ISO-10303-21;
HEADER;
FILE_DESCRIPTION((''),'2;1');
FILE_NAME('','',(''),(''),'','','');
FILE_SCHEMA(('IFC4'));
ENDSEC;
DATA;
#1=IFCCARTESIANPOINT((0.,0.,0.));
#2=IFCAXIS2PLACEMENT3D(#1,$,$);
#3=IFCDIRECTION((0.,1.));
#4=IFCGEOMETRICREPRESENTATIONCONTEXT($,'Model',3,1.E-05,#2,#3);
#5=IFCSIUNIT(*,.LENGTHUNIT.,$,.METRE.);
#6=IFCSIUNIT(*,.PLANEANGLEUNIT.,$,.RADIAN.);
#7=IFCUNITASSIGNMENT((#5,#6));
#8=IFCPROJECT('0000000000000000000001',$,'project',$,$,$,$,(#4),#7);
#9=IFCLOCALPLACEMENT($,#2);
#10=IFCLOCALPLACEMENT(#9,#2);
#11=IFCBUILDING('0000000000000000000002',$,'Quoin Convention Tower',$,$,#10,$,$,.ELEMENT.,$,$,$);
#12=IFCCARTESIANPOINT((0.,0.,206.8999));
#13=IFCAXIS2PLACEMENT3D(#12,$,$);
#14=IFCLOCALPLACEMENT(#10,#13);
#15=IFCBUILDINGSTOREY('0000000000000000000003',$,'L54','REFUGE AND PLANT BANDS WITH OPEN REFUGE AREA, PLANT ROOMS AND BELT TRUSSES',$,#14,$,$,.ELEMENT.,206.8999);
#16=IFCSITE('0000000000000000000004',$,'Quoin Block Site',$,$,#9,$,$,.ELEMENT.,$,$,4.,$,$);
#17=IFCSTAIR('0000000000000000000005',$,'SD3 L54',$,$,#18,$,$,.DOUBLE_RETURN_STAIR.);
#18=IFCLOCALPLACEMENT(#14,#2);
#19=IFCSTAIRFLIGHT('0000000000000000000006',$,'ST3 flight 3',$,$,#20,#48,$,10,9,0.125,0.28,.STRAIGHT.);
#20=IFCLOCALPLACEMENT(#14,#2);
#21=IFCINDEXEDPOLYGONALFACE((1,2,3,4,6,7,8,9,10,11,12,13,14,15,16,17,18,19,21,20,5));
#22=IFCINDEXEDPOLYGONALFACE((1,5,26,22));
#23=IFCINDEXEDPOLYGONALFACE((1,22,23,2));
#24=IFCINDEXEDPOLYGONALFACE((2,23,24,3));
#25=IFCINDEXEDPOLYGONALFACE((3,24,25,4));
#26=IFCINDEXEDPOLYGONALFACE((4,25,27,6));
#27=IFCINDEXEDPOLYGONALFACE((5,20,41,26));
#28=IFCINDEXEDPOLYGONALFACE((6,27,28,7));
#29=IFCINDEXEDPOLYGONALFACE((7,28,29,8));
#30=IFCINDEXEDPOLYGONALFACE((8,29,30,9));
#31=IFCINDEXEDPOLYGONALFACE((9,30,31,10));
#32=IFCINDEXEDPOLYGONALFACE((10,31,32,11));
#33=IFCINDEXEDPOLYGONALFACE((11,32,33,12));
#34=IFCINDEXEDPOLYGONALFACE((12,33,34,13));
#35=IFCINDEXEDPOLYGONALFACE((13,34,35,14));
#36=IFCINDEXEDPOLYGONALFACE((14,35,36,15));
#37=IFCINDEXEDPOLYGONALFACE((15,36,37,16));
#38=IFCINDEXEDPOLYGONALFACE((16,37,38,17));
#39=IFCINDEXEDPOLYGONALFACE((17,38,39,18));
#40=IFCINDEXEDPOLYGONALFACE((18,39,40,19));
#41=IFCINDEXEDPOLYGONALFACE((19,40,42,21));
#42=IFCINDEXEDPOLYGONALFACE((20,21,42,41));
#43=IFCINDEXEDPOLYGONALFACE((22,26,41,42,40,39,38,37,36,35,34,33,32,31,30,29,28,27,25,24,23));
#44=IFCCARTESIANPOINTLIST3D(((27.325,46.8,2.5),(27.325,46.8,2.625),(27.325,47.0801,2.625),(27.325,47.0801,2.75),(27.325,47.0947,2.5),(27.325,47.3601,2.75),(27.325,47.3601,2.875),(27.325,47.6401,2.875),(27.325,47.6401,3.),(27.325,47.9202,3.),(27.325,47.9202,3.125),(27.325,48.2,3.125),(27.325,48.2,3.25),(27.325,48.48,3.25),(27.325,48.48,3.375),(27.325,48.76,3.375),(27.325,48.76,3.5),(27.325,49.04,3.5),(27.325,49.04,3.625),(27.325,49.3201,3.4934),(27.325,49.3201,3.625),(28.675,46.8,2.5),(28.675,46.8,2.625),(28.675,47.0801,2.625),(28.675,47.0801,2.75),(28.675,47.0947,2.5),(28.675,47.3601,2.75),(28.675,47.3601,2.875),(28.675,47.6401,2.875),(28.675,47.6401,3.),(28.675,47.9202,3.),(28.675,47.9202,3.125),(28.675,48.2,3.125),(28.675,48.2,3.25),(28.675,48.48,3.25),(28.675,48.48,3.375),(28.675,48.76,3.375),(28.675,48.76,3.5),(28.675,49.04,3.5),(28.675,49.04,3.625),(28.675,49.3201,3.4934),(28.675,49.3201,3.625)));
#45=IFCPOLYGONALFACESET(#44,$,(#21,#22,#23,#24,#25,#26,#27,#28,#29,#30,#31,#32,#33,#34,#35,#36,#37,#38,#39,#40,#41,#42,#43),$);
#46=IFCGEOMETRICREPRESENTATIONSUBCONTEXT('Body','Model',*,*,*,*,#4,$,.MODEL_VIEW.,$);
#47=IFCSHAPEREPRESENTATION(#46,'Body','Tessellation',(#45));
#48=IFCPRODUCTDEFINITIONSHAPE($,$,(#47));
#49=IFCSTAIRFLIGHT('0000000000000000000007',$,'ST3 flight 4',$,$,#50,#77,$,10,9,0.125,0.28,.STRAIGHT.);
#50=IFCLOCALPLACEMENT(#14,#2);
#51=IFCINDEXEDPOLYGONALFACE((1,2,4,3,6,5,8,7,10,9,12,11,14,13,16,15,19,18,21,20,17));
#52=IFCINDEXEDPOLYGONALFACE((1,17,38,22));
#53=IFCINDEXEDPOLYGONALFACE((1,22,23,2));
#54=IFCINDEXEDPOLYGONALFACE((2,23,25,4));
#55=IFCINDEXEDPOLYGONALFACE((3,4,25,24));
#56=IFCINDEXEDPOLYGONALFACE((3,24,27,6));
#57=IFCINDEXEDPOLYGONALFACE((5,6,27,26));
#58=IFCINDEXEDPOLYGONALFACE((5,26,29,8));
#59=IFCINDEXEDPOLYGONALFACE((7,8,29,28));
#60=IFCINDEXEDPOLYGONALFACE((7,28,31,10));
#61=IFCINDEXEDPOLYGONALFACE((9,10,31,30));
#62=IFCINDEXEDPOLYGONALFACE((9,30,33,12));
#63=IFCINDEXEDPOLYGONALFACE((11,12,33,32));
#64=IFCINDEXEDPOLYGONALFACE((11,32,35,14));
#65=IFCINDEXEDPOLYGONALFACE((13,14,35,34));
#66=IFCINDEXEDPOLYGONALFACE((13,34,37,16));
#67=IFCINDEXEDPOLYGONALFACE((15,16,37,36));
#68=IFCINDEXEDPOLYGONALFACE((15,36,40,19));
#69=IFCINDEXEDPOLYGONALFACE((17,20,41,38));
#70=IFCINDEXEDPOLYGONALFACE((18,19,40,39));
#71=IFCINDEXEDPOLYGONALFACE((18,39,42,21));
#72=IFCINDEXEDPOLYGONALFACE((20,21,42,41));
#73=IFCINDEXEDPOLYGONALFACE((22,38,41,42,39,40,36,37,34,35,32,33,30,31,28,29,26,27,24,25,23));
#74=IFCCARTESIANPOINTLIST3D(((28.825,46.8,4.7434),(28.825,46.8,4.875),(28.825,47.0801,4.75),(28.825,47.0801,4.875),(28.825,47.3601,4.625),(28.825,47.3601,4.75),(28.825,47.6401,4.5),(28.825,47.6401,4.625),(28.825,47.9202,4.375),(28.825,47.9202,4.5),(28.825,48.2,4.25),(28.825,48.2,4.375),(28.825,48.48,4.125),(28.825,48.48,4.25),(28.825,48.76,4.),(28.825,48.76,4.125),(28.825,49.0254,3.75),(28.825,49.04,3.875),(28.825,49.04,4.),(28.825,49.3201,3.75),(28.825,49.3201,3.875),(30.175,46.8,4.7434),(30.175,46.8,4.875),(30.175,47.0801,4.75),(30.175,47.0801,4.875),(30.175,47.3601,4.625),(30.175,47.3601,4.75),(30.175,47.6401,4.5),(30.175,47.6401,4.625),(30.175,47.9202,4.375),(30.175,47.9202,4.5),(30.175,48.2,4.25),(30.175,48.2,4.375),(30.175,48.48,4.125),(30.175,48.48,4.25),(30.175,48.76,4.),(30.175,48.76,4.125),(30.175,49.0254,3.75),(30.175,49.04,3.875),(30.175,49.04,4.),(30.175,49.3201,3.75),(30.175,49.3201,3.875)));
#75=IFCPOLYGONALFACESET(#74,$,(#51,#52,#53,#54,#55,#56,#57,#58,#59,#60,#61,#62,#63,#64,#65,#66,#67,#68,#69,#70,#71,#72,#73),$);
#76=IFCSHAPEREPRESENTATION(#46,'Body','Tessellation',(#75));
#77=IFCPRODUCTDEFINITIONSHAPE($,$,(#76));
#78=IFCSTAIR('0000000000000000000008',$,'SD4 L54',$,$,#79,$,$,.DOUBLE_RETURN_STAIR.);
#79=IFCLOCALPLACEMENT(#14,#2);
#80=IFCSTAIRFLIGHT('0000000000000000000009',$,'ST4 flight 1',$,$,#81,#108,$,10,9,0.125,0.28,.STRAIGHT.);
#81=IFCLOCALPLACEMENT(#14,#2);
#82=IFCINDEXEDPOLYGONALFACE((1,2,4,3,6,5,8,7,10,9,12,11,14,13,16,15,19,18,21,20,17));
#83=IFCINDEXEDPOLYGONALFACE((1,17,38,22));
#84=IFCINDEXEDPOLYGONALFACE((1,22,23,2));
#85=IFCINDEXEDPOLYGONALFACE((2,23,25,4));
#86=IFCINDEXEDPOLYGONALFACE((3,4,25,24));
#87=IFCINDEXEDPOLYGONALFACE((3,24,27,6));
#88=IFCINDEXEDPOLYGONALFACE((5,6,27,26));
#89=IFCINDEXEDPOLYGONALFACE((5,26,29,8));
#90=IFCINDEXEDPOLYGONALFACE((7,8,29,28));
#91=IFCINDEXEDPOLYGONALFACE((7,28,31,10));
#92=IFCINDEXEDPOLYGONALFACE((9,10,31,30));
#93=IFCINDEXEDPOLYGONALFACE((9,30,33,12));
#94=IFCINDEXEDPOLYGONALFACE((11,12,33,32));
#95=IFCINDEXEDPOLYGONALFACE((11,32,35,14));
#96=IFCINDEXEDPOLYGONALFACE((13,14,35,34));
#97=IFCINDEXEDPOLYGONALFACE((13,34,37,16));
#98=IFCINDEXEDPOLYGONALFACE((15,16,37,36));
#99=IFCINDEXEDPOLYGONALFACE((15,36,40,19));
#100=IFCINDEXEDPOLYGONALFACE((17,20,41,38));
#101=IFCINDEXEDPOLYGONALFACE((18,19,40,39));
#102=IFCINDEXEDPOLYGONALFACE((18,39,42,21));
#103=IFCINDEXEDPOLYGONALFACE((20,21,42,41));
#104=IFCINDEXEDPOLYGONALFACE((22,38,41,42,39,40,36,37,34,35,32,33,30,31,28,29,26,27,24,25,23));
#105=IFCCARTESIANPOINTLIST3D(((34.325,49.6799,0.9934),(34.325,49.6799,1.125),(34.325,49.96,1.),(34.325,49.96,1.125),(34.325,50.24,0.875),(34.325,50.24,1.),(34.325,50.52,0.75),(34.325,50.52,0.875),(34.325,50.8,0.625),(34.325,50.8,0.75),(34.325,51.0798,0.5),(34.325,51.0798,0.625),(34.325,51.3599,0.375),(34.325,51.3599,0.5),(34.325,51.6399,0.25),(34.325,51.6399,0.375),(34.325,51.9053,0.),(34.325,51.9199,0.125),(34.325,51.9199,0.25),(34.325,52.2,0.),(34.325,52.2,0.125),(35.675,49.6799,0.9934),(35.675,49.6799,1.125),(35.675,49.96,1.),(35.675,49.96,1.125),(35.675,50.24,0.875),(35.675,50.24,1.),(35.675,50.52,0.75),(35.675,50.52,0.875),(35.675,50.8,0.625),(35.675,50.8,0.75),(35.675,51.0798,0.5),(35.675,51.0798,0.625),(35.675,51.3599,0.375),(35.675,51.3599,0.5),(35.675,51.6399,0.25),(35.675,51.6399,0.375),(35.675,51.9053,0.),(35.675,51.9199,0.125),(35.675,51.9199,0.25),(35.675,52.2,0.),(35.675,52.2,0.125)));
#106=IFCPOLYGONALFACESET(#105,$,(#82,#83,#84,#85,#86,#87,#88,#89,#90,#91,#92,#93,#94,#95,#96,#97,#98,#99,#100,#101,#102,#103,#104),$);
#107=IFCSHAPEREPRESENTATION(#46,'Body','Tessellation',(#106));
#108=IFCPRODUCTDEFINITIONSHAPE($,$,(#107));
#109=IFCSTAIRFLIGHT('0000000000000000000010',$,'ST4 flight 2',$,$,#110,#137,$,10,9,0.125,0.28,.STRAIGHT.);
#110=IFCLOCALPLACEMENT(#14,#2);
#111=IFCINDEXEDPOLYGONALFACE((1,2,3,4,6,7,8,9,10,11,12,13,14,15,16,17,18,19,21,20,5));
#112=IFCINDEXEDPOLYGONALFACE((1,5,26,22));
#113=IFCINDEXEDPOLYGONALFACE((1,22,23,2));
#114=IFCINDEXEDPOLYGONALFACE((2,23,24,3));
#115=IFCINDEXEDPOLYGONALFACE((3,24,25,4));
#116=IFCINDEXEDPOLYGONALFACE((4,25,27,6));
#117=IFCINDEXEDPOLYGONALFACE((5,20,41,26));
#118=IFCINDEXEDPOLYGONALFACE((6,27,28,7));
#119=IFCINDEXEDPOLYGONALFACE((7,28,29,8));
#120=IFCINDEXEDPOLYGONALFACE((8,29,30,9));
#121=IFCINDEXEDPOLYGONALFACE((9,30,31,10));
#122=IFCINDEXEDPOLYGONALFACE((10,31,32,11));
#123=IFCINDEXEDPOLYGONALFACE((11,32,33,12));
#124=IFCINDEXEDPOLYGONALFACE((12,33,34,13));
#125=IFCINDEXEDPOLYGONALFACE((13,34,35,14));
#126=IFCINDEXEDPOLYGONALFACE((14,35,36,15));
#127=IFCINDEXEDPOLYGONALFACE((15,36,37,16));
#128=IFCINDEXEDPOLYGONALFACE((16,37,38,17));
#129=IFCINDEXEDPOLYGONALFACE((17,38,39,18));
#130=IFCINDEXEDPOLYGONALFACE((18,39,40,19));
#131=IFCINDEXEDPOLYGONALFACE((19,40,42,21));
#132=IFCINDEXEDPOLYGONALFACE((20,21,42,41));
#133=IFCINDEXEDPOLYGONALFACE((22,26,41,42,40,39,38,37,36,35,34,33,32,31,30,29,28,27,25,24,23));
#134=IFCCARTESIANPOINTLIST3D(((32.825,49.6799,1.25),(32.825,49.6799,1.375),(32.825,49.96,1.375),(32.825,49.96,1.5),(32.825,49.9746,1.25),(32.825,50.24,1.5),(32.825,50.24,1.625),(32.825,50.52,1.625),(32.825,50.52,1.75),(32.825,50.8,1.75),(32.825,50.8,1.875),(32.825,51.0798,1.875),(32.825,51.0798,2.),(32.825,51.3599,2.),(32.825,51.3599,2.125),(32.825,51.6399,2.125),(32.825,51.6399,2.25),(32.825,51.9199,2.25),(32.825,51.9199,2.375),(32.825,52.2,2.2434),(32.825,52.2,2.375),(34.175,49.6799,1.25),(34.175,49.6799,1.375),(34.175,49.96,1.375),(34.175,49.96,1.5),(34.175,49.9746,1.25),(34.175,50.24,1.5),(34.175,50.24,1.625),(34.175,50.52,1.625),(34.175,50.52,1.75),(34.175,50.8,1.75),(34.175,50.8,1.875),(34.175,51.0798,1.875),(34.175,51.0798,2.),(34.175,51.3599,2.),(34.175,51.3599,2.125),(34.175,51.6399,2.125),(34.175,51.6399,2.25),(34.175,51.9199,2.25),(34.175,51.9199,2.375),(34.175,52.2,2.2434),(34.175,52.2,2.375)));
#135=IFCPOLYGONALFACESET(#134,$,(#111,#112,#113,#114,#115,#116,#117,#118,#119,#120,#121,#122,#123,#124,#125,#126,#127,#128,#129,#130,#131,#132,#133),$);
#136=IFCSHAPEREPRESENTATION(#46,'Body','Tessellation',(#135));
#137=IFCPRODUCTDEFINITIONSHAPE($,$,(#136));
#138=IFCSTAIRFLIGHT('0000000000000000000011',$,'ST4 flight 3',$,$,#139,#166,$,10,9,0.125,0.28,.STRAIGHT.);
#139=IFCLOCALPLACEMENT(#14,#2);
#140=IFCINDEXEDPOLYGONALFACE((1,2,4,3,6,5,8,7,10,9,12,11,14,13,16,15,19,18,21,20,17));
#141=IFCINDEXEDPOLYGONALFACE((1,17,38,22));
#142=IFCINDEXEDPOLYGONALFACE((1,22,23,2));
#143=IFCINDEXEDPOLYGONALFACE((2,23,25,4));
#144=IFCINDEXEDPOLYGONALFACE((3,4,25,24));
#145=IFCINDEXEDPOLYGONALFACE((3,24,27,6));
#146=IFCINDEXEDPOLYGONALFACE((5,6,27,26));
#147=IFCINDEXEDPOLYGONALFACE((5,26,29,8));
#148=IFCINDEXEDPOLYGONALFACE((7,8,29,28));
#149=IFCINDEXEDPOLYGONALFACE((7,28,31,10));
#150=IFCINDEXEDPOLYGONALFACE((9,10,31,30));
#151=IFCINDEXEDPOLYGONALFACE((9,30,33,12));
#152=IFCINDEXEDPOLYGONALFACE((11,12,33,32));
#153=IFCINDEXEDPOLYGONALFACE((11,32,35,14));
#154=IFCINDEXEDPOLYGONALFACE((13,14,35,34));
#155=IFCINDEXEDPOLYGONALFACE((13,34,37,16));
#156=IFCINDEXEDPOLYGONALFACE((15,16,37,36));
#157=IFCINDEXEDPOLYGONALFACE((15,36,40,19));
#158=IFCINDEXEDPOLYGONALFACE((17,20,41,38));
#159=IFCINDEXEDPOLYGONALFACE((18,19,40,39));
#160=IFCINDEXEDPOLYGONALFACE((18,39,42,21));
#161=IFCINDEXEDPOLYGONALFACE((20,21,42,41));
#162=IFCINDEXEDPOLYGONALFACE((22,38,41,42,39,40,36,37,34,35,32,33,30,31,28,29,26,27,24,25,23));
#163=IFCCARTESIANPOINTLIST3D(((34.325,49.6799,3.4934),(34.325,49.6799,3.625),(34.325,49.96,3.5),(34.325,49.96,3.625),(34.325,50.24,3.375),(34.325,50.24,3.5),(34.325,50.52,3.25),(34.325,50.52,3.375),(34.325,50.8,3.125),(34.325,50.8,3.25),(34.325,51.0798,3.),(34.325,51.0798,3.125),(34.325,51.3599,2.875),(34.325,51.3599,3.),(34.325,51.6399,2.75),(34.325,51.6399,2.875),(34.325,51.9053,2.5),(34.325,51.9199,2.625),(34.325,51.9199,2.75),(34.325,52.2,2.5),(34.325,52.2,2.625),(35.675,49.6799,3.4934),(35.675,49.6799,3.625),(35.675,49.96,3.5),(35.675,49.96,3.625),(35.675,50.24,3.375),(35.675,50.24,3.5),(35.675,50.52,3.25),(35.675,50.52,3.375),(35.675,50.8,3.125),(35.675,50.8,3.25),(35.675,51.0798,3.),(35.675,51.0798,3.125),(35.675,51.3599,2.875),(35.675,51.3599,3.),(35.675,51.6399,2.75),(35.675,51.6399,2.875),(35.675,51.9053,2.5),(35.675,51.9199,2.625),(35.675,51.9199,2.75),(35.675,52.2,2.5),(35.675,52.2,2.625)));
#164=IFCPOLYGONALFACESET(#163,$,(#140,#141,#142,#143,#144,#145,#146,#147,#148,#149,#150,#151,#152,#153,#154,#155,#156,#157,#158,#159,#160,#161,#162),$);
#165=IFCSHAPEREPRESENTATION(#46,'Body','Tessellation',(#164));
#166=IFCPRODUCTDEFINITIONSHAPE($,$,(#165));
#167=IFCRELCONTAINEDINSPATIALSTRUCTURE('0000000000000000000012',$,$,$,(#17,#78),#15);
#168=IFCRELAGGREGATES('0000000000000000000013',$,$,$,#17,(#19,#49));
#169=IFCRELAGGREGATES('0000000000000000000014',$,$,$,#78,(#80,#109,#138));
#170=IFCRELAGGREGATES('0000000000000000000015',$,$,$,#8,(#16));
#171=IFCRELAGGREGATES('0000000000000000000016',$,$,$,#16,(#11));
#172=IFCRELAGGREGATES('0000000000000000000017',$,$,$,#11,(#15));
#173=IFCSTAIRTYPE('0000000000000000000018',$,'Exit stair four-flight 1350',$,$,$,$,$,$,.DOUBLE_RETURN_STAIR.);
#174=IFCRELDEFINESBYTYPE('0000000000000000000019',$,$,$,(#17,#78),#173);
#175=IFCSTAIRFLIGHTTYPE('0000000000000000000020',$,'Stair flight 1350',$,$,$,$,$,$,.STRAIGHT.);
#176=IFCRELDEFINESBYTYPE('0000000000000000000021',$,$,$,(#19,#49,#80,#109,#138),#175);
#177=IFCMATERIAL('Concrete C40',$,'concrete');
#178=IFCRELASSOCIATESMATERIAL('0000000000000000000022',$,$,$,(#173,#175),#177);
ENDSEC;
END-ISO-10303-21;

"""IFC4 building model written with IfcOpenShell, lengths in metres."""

from ifc_helpers import new_model, si_unit, direction, frame, origin, place, context, subcontext, project, spatial, polyline, outline, extrude, material, type_object, element, aggregate, save


model = new_model("IFC4")

# Units and contexts
model_context = context("Model", 3, precision=1e-05, world=origin(), true_north=direction((0.0, 1.0)))
body_context = subcontext(model_context, "Body", "Model", "MODEL_VIEW")
ifc_project = project(units=[si_unit("LENGTHUNIT", "METRE"), si_unit("PLANEANGLEUNIT", "RADIAN")], contexts=[model_context])

# Site, building, storey
site_placement = place(None, origin())
site = spatial("IfcSite", under=ifc_project, at=site_placement, Name="Quoin Block Site", CompositionType="ELEMENT", RefElevation=4.0)
building_placement = place(site_placement, origin())
building = spatial("IfcBuilding", under=site, at=building_placement, Name="Quoin Convention Tower", CompositionType="ELEMENT")
storey_placement = place(building_placement, frame((0.0, 0.0, 206.8999)))
storey = spatial("IfcBuildingStorey", under=building, at=storey_placement, Name="L54", Description="REFUGE AND PLANT BANDS WITH OPEN REFUGE AREA, PLANT ROOMS AND BELT TRUSSES", CompositionType="ELEMENT", Elevation=206.8999)

# Stairs, stair flights
ifc_material_1 = material(Name="Concrete C40", Category="concrete")
stair_type_1 = type_object("IfcStairType", Name="Exit stair four-flight 1350", PredefinedType="DOUBLE_RETURN_STAIR", material=ifc_material_1)
stair_1_placement = place(storey_placement, origin())
stair_1 = element("IfcStair", 1, at=stair_1_placement, inside=storey, type_object=stair_type_1, Name="SD3 L54", PredefinedType="DOUBLE_RETURN_STAIR")
stair_flight_type_1 = type_object("IfcStairFlightType", Name="Stair flight 1350", PredefinedType="STRAIGHT", material=ifc_material_1)
stair_flight_1_placement = place(storey_placement, frame((28.0, 46.8, 2.5), z_axis=(0.0, 0.0, 1.0), x_axis=(0.0, 1.0, 0.0)))
stair_flight_1 = element("IfcStairFlight", 2, at=stair_flight_1_placement, type_object=stair_flight_type_1, Name="ST3 flight 3", NumberOfRisers=10, NumberOfTreads=9, PredefinedType="STRAIGHT", RiserHeight=0.125, TreadLength=0.28, context=body_context, shape_type="SweptSolid", body=[
    extrude(outline(polyline([(0.0, 0.0), (0.0, 0.125), (0.28, 0.125), (0.28, 0.25), (0.5601, 0.25), (0.5601, 0.375), (0.8401, 0.375), (0.8401, 0.5), (1.1201, 0.5), (1.1201, 0.625), (1.3999, 0.625), (1.3999, 0.75), (1.6799, 0.75), (1.6799, 0.875), (1.96, 0.875), (1.96, 1.0), (2.24, 1.0), (2.24, 1.125), (2.52, 1.125), (2.52, 1.25), (2.52, 0.9934), (0.2947, 0.0), (0.0, 0.0)])), frame((0.0, 0.675, 0.0), z_axis=(0.0, -1.0, 0.0), x_axis=(1.0, 0.0, 0.0)), (0.0, 0.0, 1.0), 1.3501),
])
stair_flight_2_placement = place(storey_placement, frame((29.5, 49.3201, 3.75), z_axis=(0.0, 0.0, 1.0), x_axis=(0.0, -1.0, 0.0)))
stair_flight_2 = element("IfcStairFlight", 3, at=stair_flight_2_placement, type_object=stair_flight_type_1, Name="ST3 flight 4", NumberOfRisers=10, NumberOfTreads=9, PredefinedType="STRAIGHT", RiserHeight=0.125, TreadLength=0.28, context=body_context, shape_type="SweptSolid", body=[
    extrude(outline(polyline([(0.0, 0.0), (0.0, 0.125), (0.28, 0.125), (0.28, 0.25), (0.5601, 0.25), (0.5601, 0.375), (0.8401, 0.375), (0.8401, 0.5), (1.1201, 0.5), (1.1201, 0.625), (1.3999, 0.625), (1.3999, 0.75), (1.6799, 0.75), (1.6799, 0.875), (1.96, 0.875), (1.96, 1.0), (2.24, 1.0), (2.24, 1.125), (2.52, 1.125), (2.52, 1.25), (2.52, 0.9934), (0.2947, 0.0), (0.0, 0.0)])), frame((0.0, 0.675, 0.0), z_axis=(0.0, -1.0, 0.0), x_axis=(1.0, 0.0, 0.0)), (0.0, 0.0, 1.0), 1.3501),
])
aggregate(stair_1, [stair_flight_1, stair_flight_2])
stair_2_placement = place(storey_placement, origin())
stair_2 = element("IfcStair", 4, at=stair_2_placement, inside=storey, type_object=stair_type_1, Name="SD4 L54", PredefinedType="DOUBLE_RETURN_STAIR")
stair_flight_3_placement = place(storey_placement, frame((35.0, 52.2, 0.0), z_axis=(0.0, 0.0, 1.0), x_axis=(0.0, -1.0, 0.0)))
stair_flight_3 = element("IfcStairFlight", 5, at=stair_flight_3_placement, type_object=stair_flight_type_1, Name="ST4 flight 1", NumberOfRisers=10, NumberOfTreads=9, PredefinedType="STRAIGHT", RiserHeight=0.125, TreadLength=0.28, context=body_context, shape_type="SweptSolid", body=[
    extrude(outline(polyline([(0.0, 0.0), (0.0, 0.125), (0.28, 0.125), (0.28, 0.25), (0.5601, 0.25), (0.5601, 0.375), (0.8401, 0.375), (0.8401, 0.5), (1.1201, 0.5), (1.1201, 0.625), (1.3999, 0.625), (1.3999, 0.75), (1.6799, 0.75), (1.6799, 0.875), (1.96, 0.875), (1.96, 1.0), (2.24, 1.0), (2.24, 1.125), (2.52, 1.125), (2.52, 1.25), (2.52, 0.9934), (0.2947, 0.0), (0.0, 0.0)])), frame((0.0, 0.675, 0.0), z_axis=(0.0, -1.0, 0.0), x_axis=(1.0, 0.0, 0.0)), (0.0, 0.0, 1.0), 1.3501),
])
stair_flight_4_placement = place(storey_placement, frame((33.5, 49.6799, 1.25), z_axis=(0.0, 0.0, 1.0), x_axis=(0.0, 1.0, 0.0)))
stair_flight_4 = element("IfcStairFlight", 6, at=stair_flight_4_placement, type_object=stair_flight_type_1, Name="ST4 flight 2", NumberOfRisers=10, NumberOfTreads=9, PredefinedType="STRAIGHT", RiserHeight=0.125, TreadLength=0.28, context=body_context, shape_type="SweptSolid", body=[
    extrude(outline(polyline([(0.0, 0.0), (0.0, 0.125), (0.28, 0.125), (0.28, 0.25), (0.5601, 0.25), (0.5601, 0.375), (0.8401, 0.375), (0.8401, 0.5), (1.1201, 0.5), (1.1201, 0.625), (1.3999, 0.625), (1.3999, 0.75), (1.6799, 0.75), (1.6799, 0.875), (1.96, 0.875), (1.96, 1.0), (2.24, 1.0), (2.24, 1.125), (2.52, 1.125), (2.52, 1.25), (2.52, 0.9934), (0.2947, 0.0), (0.0, 0.0)])), frame((0.0, 0.675, 0.0), z_axis=(0.0, -1.0, 0.0), x_axis=(1.0, 0.0, 0.0)), (0.0, 0.0, 1.0), 1.3501),
])
stair_flight_5_placement = place(storey_placement, frame((35.0, 52.2, 2.5), z_axis=(0.0, 0.0, 1.0), x_axis=(0.0, -1.0, 0.0)))
stair_flight_5 = element("IfcStairFlight", 7, at=stair_flight_5_placement, type_object=stair_flight_type_1, Name="ST4 flight 3", NumberOfRisers=10, NumberOfTreads=9, PredefinedType="STRAIGHT", RiserHeight=0.125, TreadLength=0.28, context=body_context, shape_type="SweptSolid", body=[
    extrude(outline(polyline([(0.0, 0.0), (0.0, 0.125), (0.28, 0.125), (0.28, 0.25), (0.5601, 0.25), (0.5601, 0.375), (0.8401, 0.375), (0.8401, 0.5), (1.1201, 0.5), (1.1201, 0.625), (1.3999, 0.625), (1.3999, 0.75), (1.6799, 0.75), (1.6799, 0.875), (1.96, 0.875), (1.96, 1.0), (2.24, 1.0), (2.24, 1.125), (2.52, 1.125), (2.52, 1.25), (2.52, 0.9934), (0.2947, 0.0), (0.0, 0.0)])), frame((0.0, 0.675, 0.0), z_axis=(0.0, -1.0, 0.0), x_axis=(1.0, 0.0, 0.0)), (0.0, 0.0, 1.0), 1.3501),
])
aggregate(stair_2, [stair_flight_3, stair_flight_4, stair_flight_5])

save(model, "model.ifc")
